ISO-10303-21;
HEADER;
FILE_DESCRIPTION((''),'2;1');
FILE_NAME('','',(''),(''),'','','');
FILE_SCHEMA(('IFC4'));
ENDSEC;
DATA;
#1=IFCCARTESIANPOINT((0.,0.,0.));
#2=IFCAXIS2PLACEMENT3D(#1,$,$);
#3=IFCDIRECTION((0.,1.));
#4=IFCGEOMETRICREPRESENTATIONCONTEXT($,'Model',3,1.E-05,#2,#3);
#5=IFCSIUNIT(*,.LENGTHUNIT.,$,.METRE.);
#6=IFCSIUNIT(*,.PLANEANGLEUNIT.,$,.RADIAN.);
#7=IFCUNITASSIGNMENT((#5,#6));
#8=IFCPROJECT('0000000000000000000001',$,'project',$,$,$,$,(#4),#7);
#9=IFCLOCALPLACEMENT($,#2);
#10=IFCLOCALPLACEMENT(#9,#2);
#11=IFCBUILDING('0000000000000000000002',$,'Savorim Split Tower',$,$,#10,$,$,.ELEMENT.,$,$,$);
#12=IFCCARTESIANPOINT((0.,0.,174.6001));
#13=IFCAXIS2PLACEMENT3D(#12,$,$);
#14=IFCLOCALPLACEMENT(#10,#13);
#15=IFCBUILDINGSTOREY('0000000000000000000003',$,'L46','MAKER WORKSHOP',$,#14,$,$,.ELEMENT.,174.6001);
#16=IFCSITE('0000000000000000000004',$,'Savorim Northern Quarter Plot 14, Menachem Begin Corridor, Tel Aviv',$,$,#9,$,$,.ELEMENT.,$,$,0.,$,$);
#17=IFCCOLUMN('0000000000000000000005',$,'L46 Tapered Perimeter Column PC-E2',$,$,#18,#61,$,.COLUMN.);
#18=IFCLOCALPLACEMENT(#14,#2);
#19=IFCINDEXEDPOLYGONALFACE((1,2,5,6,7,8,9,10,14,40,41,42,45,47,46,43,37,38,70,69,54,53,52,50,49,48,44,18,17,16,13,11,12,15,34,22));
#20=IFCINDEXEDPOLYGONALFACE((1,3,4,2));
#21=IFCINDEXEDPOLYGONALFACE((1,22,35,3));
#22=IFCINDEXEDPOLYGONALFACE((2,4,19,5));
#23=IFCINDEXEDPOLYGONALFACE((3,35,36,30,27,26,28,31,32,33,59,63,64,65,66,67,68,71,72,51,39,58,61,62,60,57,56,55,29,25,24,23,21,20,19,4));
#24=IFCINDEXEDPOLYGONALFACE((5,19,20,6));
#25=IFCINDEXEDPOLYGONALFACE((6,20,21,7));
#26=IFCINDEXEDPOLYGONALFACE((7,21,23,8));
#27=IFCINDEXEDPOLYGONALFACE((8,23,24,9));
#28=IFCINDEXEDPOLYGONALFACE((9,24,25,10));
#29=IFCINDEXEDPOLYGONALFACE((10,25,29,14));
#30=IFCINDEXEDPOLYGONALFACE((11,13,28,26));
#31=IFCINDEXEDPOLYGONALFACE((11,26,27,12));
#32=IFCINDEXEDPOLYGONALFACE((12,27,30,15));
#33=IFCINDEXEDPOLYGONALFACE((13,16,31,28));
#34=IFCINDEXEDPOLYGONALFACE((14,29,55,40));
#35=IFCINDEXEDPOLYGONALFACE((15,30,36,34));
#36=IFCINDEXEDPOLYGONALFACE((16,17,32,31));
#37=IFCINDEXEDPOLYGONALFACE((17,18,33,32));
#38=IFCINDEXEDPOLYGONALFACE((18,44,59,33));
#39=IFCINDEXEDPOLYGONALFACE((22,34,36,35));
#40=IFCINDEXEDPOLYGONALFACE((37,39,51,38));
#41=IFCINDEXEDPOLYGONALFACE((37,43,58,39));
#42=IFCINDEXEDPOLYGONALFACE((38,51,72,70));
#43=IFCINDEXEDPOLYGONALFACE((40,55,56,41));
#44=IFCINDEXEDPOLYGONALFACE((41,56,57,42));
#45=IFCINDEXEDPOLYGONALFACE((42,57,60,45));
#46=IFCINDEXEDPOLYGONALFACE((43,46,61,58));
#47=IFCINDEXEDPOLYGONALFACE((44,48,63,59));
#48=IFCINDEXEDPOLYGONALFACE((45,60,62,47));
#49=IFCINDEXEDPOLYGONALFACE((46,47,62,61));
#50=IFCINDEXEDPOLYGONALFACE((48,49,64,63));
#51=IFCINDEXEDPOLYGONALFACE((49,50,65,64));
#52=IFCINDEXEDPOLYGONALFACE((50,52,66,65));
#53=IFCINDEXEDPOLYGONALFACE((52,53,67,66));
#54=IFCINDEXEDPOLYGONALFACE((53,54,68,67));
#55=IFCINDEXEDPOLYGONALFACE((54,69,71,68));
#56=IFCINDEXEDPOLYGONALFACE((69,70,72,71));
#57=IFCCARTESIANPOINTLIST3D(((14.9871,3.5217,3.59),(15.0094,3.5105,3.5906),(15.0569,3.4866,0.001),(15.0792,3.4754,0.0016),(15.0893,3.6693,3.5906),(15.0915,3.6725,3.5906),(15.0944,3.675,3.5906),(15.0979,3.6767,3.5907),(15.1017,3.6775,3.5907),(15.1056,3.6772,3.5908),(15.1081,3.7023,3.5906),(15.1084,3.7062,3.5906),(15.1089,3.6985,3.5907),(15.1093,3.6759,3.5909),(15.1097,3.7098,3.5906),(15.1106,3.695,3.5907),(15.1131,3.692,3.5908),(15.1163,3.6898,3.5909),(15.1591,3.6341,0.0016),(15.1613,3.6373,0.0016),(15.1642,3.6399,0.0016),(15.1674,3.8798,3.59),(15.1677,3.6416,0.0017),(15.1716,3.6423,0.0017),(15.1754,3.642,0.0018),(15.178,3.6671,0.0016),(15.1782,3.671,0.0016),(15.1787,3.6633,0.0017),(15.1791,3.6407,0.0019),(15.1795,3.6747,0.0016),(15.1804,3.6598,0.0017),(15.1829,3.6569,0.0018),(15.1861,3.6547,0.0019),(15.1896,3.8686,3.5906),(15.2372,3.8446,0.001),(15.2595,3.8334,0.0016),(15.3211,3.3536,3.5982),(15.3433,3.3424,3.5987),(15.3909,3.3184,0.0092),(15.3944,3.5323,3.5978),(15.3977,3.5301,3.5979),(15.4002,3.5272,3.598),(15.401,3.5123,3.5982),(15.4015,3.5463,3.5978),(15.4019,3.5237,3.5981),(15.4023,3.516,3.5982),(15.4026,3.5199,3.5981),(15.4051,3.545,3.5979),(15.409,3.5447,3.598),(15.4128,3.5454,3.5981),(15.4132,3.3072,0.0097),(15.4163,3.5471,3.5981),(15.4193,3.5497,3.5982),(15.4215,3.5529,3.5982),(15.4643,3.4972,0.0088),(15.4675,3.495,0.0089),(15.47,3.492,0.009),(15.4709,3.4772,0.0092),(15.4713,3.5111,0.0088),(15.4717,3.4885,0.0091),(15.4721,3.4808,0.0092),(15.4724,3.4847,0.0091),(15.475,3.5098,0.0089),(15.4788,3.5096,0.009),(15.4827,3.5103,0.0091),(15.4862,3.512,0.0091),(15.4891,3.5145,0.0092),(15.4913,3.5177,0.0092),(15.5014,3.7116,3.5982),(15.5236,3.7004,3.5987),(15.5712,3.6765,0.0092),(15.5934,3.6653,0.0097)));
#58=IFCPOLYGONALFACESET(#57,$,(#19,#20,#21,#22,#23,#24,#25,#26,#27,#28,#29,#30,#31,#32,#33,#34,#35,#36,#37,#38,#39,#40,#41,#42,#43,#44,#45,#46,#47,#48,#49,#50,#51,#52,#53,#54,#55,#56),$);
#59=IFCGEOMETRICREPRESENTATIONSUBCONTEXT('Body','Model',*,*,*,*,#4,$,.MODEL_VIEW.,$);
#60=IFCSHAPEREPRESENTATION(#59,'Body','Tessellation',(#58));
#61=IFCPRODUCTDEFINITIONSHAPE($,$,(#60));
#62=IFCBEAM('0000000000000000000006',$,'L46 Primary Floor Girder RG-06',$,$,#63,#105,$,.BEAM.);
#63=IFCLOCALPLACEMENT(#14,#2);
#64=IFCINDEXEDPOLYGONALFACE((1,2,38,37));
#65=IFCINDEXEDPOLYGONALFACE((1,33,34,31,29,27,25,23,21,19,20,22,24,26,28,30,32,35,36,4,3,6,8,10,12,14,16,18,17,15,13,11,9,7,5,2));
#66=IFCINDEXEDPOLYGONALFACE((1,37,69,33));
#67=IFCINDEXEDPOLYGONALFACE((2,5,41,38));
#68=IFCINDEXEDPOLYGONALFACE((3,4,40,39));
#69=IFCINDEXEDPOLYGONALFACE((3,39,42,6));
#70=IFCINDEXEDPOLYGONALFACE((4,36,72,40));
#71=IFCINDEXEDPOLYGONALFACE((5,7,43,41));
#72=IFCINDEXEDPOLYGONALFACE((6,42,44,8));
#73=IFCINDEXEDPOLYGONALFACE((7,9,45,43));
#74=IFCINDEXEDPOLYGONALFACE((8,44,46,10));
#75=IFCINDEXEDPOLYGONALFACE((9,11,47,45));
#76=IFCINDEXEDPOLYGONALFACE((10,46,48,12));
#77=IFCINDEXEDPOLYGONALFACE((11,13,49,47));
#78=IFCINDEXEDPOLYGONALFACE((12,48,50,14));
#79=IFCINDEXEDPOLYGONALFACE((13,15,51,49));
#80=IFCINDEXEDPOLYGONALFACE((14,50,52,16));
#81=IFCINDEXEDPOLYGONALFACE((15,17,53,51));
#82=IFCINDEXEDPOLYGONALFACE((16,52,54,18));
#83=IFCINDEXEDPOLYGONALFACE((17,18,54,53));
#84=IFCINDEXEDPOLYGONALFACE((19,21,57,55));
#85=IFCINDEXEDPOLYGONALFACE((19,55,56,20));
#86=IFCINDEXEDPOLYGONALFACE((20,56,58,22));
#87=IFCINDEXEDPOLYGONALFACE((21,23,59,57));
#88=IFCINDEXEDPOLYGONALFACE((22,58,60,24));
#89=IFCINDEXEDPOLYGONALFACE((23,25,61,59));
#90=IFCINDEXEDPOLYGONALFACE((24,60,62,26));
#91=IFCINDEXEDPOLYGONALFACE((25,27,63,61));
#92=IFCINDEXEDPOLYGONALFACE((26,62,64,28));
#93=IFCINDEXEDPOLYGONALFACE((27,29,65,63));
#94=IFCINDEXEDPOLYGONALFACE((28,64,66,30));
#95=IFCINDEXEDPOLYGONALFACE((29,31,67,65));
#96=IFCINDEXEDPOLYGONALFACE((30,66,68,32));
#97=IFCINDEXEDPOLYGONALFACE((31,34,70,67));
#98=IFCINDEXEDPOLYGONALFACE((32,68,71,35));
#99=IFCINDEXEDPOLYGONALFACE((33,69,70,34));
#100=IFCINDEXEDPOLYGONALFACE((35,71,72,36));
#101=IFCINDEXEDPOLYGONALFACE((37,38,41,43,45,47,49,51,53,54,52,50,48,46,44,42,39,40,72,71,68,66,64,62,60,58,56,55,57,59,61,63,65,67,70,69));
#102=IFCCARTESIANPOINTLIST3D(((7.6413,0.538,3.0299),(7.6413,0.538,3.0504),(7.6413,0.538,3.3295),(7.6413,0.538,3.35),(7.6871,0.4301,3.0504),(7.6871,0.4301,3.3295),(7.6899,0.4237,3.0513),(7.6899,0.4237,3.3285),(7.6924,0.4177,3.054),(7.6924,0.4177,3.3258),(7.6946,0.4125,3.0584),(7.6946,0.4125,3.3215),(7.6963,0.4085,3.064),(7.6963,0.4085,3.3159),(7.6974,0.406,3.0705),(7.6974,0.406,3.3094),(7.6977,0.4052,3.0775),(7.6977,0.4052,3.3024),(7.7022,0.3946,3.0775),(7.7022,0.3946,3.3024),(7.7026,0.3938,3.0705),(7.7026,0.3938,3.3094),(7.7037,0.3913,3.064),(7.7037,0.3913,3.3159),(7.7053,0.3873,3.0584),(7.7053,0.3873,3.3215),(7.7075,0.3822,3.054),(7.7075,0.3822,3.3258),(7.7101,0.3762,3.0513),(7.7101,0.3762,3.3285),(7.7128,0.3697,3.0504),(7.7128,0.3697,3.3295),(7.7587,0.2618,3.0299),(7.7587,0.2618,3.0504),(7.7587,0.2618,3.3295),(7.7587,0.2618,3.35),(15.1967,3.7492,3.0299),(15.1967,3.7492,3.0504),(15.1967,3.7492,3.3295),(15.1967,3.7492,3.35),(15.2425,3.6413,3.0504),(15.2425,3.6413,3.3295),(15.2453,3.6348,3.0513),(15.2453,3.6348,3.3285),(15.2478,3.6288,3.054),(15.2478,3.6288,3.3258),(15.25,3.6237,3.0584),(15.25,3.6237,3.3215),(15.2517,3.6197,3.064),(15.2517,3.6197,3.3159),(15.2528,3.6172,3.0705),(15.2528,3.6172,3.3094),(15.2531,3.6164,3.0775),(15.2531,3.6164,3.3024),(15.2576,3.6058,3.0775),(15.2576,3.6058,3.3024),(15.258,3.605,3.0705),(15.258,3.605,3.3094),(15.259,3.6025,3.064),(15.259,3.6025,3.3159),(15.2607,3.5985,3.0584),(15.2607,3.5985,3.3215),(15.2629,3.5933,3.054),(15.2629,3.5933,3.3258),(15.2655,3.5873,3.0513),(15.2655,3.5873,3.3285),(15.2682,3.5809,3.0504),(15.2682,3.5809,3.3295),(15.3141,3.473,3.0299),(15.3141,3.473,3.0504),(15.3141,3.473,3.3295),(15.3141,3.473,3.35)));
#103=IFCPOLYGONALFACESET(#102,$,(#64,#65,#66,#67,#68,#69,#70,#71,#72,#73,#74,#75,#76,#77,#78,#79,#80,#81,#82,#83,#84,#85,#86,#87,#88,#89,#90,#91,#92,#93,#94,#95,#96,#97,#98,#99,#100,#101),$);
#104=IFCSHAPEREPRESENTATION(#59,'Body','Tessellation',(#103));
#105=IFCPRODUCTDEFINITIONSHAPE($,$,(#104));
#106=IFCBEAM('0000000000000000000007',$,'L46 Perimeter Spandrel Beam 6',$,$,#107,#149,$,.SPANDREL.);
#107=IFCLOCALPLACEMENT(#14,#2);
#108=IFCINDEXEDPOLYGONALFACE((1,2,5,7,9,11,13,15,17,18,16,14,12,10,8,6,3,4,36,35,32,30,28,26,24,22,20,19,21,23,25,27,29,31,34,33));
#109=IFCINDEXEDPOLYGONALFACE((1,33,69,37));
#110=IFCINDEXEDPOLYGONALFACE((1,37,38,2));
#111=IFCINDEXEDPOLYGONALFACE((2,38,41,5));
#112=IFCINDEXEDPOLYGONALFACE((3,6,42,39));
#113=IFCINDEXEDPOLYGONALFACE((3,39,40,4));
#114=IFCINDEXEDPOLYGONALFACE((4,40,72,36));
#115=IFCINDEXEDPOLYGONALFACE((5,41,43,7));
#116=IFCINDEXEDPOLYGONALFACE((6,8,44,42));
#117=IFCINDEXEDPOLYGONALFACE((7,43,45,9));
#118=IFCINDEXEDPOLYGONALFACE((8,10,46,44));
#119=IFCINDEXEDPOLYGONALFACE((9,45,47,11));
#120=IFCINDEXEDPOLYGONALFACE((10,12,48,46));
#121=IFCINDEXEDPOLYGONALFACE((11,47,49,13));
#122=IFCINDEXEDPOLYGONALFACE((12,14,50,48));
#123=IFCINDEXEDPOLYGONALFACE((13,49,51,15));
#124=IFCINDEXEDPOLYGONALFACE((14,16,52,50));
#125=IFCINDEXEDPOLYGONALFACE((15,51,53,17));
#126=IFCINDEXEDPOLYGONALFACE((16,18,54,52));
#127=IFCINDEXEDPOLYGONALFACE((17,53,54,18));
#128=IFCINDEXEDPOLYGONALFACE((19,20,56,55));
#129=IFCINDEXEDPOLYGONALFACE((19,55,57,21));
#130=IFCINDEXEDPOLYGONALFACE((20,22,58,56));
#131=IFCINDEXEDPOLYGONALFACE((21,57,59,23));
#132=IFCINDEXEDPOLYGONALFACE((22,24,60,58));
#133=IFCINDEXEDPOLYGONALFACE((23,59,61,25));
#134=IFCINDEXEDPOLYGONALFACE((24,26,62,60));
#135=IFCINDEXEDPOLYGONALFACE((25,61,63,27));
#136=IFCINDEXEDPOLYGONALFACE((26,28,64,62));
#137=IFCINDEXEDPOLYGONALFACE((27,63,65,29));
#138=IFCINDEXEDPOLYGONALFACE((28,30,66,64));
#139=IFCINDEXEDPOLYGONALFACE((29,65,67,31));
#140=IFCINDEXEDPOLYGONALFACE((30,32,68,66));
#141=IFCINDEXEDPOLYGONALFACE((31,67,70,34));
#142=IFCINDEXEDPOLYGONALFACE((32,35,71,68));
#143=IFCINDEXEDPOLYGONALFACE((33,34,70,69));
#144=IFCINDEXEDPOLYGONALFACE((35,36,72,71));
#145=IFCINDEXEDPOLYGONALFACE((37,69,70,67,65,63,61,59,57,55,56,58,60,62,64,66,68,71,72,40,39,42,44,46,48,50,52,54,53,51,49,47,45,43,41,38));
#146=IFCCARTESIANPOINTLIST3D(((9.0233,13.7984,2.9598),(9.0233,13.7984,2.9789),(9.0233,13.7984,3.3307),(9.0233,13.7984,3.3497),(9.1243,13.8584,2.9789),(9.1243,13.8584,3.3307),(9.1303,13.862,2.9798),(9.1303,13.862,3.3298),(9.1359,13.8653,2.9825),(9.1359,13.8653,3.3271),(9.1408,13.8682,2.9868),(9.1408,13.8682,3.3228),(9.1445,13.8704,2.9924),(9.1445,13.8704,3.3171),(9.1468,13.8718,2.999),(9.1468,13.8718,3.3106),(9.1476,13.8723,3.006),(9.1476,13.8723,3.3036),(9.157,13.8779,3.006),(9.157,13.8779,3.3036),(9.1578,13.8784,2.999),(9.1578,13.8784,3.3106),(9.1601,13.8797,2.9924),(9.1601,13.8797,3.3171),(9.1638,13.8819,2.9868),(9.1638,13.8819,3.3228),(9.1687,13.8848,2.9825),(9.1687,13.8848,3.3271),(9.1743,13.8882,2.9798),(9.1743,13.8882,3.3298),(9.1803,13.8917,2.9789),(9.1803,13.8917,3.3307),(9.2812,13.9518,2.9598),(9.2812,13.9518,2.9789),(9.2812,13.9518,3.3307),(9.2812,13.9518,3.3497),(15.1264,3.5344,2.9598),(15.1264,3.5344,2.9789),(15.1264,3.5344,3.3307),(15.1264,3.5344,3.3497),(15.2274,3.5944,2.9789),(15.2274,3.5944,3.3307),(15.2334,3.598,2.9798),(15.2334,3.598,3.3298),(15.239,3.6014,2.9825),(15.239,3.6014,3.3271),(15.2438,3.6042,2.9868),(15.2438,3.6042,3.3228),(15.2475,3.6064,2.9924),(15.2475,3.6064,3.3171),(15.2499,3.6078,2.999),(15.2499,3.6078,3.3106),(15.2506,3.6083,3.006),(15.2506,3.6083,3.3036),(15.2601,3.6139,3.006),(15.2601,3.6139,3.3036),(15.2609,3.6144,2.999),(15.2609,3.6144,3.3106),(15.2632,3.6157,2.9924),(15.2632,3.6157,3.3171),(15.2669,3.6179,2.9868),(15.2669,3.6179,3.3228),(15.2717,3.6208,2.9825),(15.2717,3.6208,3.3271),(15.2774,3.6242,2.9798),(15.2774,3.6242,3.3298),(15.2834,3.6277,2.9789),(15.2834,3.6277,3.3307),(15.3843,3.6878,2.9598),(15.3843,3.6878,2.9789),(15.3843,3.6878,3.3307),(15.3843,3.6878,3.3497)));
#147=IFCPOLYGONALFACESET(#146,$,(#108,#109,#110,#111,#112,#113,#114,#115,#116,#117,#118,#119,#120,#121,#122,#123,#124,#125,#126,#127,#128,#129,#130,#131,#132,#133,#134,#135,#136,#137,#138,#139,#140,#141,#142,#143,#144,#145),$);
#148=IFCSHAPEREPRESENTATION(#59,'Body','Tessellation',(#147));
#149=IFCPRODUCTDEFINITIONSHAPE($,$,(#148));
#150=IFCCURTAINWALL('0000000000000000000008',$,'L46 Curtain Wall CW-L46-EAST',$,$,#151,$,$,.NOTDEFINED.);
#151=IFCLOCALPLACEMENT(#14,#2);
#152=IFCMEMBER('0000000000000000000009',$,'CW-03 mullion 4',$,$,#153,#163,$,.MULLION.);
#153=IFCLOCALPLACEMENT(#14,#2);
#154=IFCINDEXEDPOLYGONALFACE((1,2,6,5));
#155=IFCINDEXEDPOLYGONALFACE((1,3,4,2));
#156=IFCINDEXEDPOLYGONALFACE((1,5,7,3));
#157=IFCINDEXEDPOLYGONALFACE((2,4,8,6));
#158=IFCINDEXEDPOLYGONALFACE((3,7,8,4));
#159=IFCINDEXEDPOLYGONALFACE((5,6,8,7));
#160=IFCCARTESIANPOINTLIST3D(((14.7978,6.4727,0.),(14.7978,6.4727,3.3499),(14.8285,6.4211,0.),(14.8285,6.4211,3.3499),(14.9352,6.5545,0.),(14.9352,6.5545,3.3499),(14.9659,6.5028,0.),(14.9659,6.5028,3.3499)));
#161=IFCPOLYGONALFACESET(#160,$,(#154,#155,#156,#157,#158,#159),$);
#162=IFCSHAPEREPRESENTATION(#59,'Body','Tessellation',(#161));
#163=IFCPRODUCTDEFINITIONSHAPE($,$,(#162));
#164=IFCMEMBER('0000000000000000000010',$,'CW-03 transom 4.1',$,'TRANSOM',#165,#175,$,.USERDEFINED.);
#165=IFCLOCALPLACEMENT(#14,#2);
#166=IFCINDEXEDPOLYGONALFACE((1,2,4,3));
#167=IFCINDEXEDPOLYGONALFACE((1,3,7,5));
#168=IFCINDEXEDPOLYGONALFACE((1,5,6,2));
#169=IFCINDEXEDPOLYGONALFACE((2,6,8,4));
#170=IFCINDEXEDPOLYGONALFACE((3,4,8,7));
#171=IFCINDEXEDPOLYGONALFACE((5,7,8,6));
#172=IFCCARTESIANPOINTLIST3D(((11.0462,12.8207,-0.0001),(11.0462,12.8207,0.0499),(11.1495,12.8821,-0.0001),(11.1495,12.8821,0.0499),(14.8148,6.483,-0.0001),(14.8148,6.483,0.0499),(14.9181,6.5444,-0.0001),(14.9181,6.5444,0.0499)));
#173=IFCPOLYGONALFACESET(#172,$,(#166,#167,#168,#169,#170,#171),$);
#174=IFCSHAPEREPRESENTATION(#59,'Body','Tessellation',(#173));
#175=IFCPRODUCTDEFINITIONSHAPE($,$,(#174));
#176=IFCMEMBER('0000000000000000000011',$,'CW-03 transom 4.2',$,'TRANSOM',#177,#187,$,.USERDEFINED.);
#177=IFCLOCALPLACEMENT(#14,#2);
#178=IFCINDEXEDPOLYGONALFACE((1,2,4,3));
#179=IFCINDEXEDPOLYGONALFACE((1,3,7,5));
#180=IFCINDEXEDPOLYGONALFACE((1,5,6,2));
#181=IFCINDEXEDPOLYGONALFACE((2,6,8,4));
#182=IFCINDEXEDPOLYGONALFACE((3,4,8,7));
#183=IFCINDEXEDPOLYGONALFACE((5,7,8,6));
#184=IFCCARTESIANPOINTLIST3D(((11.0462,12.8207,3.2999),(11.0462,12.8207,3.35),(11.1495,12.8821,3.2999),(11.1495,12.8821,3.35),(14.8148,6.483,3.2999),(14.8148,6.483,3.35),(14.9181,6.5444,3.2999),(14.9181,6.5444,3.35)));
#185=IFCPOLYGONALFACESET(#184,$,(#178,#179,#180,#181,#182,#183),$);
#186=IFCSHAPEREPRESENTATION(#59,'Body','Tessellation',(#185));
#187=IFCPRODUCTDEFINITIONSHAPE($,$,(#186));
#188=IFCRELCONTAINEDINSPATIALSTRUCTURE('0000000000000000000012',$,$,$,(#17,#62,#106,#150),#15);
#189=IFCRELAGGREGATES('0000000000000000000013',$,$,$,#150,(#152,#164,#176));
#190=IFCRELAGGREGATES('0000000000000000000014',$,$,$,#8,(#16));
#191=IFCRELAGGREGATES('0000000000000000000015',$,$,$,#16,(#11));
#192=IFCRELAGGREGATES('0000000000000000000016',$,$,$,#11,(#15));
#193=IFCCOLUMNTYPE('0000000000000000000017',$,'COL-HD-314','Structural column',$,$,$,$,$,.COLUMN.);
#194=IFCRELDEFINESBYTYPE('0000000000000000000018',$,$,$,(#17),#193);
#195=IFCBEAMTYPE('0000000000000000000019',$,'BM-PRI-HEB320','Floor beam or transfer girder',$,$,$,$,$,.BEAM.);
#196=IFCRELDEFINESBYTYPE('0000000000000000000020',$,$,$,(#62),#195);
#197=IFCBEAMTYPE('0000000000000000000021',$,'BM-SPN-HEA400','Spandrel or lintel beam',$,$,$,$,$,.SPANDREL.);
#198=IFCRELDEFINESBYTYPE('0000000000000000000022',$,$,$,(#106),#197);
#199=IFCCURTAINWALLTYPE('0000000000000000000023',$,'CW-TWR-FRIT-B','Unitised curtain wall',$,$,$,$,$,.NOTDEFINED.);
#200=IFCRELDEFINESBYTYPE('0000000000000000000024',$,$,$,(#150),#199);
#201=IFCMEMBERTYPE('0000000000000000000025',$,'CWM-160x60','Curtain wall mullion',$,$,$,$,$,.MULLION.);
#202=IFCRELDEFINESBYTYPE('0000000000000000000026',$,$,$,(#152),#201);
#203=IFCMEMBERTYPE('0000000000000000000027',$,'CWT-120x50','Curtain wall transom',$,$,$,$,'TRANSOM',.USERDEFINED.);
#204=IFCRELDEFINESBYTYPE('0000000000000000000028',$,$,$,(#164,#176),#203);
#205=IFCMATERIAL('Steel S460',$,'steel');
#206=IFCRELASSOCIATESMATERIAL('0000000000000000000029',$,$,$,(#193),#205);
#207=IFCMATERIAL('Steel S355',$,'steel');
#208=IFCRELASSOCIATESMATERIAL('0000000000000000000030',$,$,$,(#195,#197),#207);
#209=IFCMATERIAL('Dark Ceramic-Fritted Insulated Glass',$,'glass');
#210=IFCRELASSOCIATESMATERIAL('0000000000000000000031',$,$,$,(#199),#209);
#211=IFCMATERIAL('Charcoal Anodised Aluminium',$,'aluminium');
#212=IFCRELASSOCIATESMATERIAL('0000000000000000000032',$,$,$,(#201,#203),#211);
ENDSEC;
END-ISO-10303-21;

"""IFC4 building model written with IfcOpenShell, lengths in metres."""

from ifc_helpers import new_model, si_unit, direction, frame, origin, origin_2d, place, context, subcontext, project, spatial, rectangle, i_section, extrude, material, material_profile, profile_set, type_object, element, aggregate, save


model = new_model("IFC4")

# Units and contexts
model_context = context("Model", 3, precision=1e-05, world=origin(), true_north=direction((0.0, 1.0)))
body_context = subcontext(model_context, "Body", "Model", "MODEL_VIEW")
ifc_project = project(units=[si_unit("LENGTHUNIT", "METRE"), si_unit("PLANEANGLEUNIT", "RADIAN")], contexts=[model_context])

# Site, building, storey
site_placement = place(None, origin())
site = spatial("IfcSite", under=ifc_project, at=site_placement, Name="Savorim Northern Quarter Plot 14, Menachem Begin Corridor, Tel Aviv", CompositionType="ELEMENT", RefElevation=0.0)
building_placement = place(site_placement, origin())
building = spatial("IfcBuilding", under=site, at=building_placement, Name="Savorim Split Tower", CompositionType="ELEMENT")
storey_placement = place(building_placement, frame((0.0, 0.0, 174.6001)))
storey = spatial("IfcBuildingStorey", under=building, at=storey_placement, Name="L46", Description="MAKER WORKSHOP", CompositionType="ELEMENT", Elevation=174.6001)

# Column
ifc_material_1 = material(Name="Steel S460", Category="steel")
ifc_material_profile_1 = material_profile(ifc_material_1, i_section(OverallWidth=0.4009, OverallDepth=0.3989, WebThickness=0.0156, FlangeThickness=0.0249, FilletRadius=0.0149, at=origin_2d()), Name="HD 400x314")
ifc_profile_set_1 = profile_set([ifc_material_profile_1], Name="Steel S460")
column_type = type_object("IfcColumnType", Name="COL-HD-314", Description="Structural column", PredefinedType="COLUMN", material=ifc_profile_set_1)
column_placement = place(storey_placement, frame((15.3252, 3.5759, 0.0054), z_axis=(-0.01945, 0.009793, 0.999763), x_axis=(-0.44971, -0.893175, 0.0)))
element("IfcColumn", 1, at=column_placement, inside=storey, type_object=column_type, Name="L46 Tapered Perimeter Column PC-E2", PredefinedType="COLUMN", context=body_context, shape_type="SweptSolid", body=[
    extrude(i_section(OverallWidth=0.4009, OverallDepth=0.3989, WebThickness=0.0156, FlangeThickness=0.0249, FilletRadius=0.0149, at=origin_2d()), origin(), (0.0, 0.0, 1.0), 3.5898),
])

# Beams
ifc_material_2 = material(Name="Steel S355", Category="steel")
ifc_material_profile_2 = material_profile(ifc_material_2, i_section(OverallWidth=0.3, OverallDepth=0.3201, WebThickness=0.0115, FlangeThickness=0.0205, FilletRadius=0.0271, at=origin_2d()), Name="HEB 320")
ifc_profile_set_2 = profile_set([ifc_material_profile_2], Name="Steel S355")
beam_type_1 = type_object("IfcBeamType", Name="BM-PRI-HEB320", Description="Floor beam or transfer girder", PredefinedType="BEAM", material=ifc_profile_set_2)
beam_1_placement = place(storey_placement, frame((15.2554, 3.6111, 3.1899), z_axis=(-0.920325, -0.391154, 0.0), x_axis=(0.391154, -0.920325, 0.0)))
element("IfcBeam", 2, at=beam_1_placement, inside=storey, type_object=beam_type_1, Name="L46 Primary Floor Girder RG-06", PredefinedType="BEAM", context=body_context, shape_type="SweptSolid", body=[
    extrude(i_section(OverallWidth=0.3, OverallDepth=0.3201, WebThickness=0.0115, FlangeThickness=0.0205, FilletRadius=0.0271, at=origin_2d()), origin(), (0.0, 0.0, 1.0), 8.2095),
])
ifc_material_profile_3 = material_profile(ifc_material_2, i_section(OverallWidth=0.3, OverallDepth=0.3899, WebThickness=0.011, FlangeThickness=0.019, FilletRadius=0.0271, at=origin_2d()), Name="HEA 400")
ifc_profile_set_3 = profile_set([ifc_material_profile_3], Name="Steel S355")
beam_type_2 = type_object("IfcBeamType", Name="BM-SPN-HEA400", Description="Spandrel or lintel beam", PredefinedType="SPANDREL", material=ifc_profile_set_3)
beam_2_placement = place(storey_placement, frame((15.2554, 3.6111, 3.1548), z_axis=(-0.511085, 0.85953, 0.0), x_axis=(-0.85953, -0.511085, 0.0)))
element("IfcBeam", 3, at=beam_2_placement, inside=storey, type_object=beam_type_2, Name="L46 Perimeter Spandrel Beam 6", PredefinedType="SPANDREL", context=body_context, shape_type="SweptSolid", body=[
    extrude(i_section(OverallWidth=0.3, OverallDepth=0.3899, WebThickness=0.011, FlangeThickness=0.019, FilletRadius=0.0271, at=origin_2d()), origin(), (0.0, 0.0, 1.0), 11.9414),
])

# Curtain wall, members
ifc_material_3 = material(Name="Dark Ceramic-Fritted Insulated Glass", Category="glass")
curtain_wall_type = type_object("IfcCurtainWallType", Name="CW-TWR-FRIT-B", Description="Unitised curtain wall", PredefinedType="NOTDEFINED", material=ifc_material_3)
curtain_wall_placement = place(storey_placement, origin())
curtain_wall = element("IfcCurtainWall", 4, at=curtain_wall_placement, inside=storey, type_object=curtain_wall_type, Name="L46 Curtain Wall CW-L46-EAST", PredefinedType="NOTDEFINED")
ifc_material_4 = material(Name="Charcoal Anodised Aluminium", Category="aluminium")
ifc_material_profile_4 = material_profile(ifc_material_4, rectangle(XDim=0.1599, YDim=0.0601, at=origin_2d()), Name="ALU-M 160x60")
ifc_profile_set_4 = profile_set([ifc_material_profile_4], Name="Charcoal Anodised Aluminium")
member_type_1 = type_object("IfcMemberType", Name="CWM-160x60", Description="Curtain wall mullion", PredefinedType="MULLION", material=ifc_profile_set_4)
member_1_placement = place(storey_placement, frame((14.8818, 6.4878, 0.0), z_axis=(0.0, 0.0, 1.0), x_axis=(-0.859525, -0.511094, 0.0)))
member_1 = element("IfcMember", 5, at=member_1_placement, type_object=member_type_1, Name="CW-03 mullion 4", PredefinedType="MULLION", context=body_context, shape_type="SweptSolid", body=[
    extrude(rectangle(XDim=0.1599, YDim=0.0601, at=origin_2d()), origin(), (0.0, 0.0, 1.0), 3.3499),
])
ifc_material_profile_5 = material_profile(ifc_material_4, rectangle(XDim=0.1201, YDim=0.05, at=origin_2d()), Name="ALU-T 120x50")
ifc_profile_set_5 = profile_set([ifc_material_profile_5], Name="Charcoal Anodised Aluminium")
member_type_2 = type_object("IfcMemberType", Name="CWT-120x50", Description="Curtain wall transom", ElementType="TRANSOM", PredefinedType="USERDEFINED", material=ifc_profile_set_5)
member_2_placement = place(storey_placement, frame((14.8665, 6.5137, 0.0249), z_axis=(-0.511098, 0.859523, 0.0), x_axis=(-0.859523, -0.511098, 0.0)))
member_2 = element("IfcMember", 6, at=member_2_placement, type_object=member_type_2, Name="CW-03 transom 4.1", ObjectType="TRANSOM", PredefinedType="USERDEFINED", context=body_context, shape_type="SweptSolid", body=[
    extrude(rectangle(XDim=0.1201, YDim=0.05, at=origin_2d()), origin(), (0.0, 0.0, 1.0), 7.3735),
])
member_3_placement = place(storey_placement, frame((14.8665, 6.5137, 3.325), z_axis=(-0.511098, 0.859523, 0.0), x_axis=(-0.859523, -0.511098, 0.0)))
member_3 = element("IfcMember", 7, at=member_3_placement, type_object=member_type_2, Name="CW-03 transom 4.2", ObjectType="TRANSOM", PredefinedType="USERDEFINED", context=body_context, shape_type="SweptSolid", body=[
    extrude(rectangle(XDim=0.1201, YDim=0.05, at=origin_2d()), origin(), (0.0, 0.0, 1.0), 7.3735),
])
aggregate(curtain_wall, [member_1, member_2, member_3])

save(model, "model.ifc")
